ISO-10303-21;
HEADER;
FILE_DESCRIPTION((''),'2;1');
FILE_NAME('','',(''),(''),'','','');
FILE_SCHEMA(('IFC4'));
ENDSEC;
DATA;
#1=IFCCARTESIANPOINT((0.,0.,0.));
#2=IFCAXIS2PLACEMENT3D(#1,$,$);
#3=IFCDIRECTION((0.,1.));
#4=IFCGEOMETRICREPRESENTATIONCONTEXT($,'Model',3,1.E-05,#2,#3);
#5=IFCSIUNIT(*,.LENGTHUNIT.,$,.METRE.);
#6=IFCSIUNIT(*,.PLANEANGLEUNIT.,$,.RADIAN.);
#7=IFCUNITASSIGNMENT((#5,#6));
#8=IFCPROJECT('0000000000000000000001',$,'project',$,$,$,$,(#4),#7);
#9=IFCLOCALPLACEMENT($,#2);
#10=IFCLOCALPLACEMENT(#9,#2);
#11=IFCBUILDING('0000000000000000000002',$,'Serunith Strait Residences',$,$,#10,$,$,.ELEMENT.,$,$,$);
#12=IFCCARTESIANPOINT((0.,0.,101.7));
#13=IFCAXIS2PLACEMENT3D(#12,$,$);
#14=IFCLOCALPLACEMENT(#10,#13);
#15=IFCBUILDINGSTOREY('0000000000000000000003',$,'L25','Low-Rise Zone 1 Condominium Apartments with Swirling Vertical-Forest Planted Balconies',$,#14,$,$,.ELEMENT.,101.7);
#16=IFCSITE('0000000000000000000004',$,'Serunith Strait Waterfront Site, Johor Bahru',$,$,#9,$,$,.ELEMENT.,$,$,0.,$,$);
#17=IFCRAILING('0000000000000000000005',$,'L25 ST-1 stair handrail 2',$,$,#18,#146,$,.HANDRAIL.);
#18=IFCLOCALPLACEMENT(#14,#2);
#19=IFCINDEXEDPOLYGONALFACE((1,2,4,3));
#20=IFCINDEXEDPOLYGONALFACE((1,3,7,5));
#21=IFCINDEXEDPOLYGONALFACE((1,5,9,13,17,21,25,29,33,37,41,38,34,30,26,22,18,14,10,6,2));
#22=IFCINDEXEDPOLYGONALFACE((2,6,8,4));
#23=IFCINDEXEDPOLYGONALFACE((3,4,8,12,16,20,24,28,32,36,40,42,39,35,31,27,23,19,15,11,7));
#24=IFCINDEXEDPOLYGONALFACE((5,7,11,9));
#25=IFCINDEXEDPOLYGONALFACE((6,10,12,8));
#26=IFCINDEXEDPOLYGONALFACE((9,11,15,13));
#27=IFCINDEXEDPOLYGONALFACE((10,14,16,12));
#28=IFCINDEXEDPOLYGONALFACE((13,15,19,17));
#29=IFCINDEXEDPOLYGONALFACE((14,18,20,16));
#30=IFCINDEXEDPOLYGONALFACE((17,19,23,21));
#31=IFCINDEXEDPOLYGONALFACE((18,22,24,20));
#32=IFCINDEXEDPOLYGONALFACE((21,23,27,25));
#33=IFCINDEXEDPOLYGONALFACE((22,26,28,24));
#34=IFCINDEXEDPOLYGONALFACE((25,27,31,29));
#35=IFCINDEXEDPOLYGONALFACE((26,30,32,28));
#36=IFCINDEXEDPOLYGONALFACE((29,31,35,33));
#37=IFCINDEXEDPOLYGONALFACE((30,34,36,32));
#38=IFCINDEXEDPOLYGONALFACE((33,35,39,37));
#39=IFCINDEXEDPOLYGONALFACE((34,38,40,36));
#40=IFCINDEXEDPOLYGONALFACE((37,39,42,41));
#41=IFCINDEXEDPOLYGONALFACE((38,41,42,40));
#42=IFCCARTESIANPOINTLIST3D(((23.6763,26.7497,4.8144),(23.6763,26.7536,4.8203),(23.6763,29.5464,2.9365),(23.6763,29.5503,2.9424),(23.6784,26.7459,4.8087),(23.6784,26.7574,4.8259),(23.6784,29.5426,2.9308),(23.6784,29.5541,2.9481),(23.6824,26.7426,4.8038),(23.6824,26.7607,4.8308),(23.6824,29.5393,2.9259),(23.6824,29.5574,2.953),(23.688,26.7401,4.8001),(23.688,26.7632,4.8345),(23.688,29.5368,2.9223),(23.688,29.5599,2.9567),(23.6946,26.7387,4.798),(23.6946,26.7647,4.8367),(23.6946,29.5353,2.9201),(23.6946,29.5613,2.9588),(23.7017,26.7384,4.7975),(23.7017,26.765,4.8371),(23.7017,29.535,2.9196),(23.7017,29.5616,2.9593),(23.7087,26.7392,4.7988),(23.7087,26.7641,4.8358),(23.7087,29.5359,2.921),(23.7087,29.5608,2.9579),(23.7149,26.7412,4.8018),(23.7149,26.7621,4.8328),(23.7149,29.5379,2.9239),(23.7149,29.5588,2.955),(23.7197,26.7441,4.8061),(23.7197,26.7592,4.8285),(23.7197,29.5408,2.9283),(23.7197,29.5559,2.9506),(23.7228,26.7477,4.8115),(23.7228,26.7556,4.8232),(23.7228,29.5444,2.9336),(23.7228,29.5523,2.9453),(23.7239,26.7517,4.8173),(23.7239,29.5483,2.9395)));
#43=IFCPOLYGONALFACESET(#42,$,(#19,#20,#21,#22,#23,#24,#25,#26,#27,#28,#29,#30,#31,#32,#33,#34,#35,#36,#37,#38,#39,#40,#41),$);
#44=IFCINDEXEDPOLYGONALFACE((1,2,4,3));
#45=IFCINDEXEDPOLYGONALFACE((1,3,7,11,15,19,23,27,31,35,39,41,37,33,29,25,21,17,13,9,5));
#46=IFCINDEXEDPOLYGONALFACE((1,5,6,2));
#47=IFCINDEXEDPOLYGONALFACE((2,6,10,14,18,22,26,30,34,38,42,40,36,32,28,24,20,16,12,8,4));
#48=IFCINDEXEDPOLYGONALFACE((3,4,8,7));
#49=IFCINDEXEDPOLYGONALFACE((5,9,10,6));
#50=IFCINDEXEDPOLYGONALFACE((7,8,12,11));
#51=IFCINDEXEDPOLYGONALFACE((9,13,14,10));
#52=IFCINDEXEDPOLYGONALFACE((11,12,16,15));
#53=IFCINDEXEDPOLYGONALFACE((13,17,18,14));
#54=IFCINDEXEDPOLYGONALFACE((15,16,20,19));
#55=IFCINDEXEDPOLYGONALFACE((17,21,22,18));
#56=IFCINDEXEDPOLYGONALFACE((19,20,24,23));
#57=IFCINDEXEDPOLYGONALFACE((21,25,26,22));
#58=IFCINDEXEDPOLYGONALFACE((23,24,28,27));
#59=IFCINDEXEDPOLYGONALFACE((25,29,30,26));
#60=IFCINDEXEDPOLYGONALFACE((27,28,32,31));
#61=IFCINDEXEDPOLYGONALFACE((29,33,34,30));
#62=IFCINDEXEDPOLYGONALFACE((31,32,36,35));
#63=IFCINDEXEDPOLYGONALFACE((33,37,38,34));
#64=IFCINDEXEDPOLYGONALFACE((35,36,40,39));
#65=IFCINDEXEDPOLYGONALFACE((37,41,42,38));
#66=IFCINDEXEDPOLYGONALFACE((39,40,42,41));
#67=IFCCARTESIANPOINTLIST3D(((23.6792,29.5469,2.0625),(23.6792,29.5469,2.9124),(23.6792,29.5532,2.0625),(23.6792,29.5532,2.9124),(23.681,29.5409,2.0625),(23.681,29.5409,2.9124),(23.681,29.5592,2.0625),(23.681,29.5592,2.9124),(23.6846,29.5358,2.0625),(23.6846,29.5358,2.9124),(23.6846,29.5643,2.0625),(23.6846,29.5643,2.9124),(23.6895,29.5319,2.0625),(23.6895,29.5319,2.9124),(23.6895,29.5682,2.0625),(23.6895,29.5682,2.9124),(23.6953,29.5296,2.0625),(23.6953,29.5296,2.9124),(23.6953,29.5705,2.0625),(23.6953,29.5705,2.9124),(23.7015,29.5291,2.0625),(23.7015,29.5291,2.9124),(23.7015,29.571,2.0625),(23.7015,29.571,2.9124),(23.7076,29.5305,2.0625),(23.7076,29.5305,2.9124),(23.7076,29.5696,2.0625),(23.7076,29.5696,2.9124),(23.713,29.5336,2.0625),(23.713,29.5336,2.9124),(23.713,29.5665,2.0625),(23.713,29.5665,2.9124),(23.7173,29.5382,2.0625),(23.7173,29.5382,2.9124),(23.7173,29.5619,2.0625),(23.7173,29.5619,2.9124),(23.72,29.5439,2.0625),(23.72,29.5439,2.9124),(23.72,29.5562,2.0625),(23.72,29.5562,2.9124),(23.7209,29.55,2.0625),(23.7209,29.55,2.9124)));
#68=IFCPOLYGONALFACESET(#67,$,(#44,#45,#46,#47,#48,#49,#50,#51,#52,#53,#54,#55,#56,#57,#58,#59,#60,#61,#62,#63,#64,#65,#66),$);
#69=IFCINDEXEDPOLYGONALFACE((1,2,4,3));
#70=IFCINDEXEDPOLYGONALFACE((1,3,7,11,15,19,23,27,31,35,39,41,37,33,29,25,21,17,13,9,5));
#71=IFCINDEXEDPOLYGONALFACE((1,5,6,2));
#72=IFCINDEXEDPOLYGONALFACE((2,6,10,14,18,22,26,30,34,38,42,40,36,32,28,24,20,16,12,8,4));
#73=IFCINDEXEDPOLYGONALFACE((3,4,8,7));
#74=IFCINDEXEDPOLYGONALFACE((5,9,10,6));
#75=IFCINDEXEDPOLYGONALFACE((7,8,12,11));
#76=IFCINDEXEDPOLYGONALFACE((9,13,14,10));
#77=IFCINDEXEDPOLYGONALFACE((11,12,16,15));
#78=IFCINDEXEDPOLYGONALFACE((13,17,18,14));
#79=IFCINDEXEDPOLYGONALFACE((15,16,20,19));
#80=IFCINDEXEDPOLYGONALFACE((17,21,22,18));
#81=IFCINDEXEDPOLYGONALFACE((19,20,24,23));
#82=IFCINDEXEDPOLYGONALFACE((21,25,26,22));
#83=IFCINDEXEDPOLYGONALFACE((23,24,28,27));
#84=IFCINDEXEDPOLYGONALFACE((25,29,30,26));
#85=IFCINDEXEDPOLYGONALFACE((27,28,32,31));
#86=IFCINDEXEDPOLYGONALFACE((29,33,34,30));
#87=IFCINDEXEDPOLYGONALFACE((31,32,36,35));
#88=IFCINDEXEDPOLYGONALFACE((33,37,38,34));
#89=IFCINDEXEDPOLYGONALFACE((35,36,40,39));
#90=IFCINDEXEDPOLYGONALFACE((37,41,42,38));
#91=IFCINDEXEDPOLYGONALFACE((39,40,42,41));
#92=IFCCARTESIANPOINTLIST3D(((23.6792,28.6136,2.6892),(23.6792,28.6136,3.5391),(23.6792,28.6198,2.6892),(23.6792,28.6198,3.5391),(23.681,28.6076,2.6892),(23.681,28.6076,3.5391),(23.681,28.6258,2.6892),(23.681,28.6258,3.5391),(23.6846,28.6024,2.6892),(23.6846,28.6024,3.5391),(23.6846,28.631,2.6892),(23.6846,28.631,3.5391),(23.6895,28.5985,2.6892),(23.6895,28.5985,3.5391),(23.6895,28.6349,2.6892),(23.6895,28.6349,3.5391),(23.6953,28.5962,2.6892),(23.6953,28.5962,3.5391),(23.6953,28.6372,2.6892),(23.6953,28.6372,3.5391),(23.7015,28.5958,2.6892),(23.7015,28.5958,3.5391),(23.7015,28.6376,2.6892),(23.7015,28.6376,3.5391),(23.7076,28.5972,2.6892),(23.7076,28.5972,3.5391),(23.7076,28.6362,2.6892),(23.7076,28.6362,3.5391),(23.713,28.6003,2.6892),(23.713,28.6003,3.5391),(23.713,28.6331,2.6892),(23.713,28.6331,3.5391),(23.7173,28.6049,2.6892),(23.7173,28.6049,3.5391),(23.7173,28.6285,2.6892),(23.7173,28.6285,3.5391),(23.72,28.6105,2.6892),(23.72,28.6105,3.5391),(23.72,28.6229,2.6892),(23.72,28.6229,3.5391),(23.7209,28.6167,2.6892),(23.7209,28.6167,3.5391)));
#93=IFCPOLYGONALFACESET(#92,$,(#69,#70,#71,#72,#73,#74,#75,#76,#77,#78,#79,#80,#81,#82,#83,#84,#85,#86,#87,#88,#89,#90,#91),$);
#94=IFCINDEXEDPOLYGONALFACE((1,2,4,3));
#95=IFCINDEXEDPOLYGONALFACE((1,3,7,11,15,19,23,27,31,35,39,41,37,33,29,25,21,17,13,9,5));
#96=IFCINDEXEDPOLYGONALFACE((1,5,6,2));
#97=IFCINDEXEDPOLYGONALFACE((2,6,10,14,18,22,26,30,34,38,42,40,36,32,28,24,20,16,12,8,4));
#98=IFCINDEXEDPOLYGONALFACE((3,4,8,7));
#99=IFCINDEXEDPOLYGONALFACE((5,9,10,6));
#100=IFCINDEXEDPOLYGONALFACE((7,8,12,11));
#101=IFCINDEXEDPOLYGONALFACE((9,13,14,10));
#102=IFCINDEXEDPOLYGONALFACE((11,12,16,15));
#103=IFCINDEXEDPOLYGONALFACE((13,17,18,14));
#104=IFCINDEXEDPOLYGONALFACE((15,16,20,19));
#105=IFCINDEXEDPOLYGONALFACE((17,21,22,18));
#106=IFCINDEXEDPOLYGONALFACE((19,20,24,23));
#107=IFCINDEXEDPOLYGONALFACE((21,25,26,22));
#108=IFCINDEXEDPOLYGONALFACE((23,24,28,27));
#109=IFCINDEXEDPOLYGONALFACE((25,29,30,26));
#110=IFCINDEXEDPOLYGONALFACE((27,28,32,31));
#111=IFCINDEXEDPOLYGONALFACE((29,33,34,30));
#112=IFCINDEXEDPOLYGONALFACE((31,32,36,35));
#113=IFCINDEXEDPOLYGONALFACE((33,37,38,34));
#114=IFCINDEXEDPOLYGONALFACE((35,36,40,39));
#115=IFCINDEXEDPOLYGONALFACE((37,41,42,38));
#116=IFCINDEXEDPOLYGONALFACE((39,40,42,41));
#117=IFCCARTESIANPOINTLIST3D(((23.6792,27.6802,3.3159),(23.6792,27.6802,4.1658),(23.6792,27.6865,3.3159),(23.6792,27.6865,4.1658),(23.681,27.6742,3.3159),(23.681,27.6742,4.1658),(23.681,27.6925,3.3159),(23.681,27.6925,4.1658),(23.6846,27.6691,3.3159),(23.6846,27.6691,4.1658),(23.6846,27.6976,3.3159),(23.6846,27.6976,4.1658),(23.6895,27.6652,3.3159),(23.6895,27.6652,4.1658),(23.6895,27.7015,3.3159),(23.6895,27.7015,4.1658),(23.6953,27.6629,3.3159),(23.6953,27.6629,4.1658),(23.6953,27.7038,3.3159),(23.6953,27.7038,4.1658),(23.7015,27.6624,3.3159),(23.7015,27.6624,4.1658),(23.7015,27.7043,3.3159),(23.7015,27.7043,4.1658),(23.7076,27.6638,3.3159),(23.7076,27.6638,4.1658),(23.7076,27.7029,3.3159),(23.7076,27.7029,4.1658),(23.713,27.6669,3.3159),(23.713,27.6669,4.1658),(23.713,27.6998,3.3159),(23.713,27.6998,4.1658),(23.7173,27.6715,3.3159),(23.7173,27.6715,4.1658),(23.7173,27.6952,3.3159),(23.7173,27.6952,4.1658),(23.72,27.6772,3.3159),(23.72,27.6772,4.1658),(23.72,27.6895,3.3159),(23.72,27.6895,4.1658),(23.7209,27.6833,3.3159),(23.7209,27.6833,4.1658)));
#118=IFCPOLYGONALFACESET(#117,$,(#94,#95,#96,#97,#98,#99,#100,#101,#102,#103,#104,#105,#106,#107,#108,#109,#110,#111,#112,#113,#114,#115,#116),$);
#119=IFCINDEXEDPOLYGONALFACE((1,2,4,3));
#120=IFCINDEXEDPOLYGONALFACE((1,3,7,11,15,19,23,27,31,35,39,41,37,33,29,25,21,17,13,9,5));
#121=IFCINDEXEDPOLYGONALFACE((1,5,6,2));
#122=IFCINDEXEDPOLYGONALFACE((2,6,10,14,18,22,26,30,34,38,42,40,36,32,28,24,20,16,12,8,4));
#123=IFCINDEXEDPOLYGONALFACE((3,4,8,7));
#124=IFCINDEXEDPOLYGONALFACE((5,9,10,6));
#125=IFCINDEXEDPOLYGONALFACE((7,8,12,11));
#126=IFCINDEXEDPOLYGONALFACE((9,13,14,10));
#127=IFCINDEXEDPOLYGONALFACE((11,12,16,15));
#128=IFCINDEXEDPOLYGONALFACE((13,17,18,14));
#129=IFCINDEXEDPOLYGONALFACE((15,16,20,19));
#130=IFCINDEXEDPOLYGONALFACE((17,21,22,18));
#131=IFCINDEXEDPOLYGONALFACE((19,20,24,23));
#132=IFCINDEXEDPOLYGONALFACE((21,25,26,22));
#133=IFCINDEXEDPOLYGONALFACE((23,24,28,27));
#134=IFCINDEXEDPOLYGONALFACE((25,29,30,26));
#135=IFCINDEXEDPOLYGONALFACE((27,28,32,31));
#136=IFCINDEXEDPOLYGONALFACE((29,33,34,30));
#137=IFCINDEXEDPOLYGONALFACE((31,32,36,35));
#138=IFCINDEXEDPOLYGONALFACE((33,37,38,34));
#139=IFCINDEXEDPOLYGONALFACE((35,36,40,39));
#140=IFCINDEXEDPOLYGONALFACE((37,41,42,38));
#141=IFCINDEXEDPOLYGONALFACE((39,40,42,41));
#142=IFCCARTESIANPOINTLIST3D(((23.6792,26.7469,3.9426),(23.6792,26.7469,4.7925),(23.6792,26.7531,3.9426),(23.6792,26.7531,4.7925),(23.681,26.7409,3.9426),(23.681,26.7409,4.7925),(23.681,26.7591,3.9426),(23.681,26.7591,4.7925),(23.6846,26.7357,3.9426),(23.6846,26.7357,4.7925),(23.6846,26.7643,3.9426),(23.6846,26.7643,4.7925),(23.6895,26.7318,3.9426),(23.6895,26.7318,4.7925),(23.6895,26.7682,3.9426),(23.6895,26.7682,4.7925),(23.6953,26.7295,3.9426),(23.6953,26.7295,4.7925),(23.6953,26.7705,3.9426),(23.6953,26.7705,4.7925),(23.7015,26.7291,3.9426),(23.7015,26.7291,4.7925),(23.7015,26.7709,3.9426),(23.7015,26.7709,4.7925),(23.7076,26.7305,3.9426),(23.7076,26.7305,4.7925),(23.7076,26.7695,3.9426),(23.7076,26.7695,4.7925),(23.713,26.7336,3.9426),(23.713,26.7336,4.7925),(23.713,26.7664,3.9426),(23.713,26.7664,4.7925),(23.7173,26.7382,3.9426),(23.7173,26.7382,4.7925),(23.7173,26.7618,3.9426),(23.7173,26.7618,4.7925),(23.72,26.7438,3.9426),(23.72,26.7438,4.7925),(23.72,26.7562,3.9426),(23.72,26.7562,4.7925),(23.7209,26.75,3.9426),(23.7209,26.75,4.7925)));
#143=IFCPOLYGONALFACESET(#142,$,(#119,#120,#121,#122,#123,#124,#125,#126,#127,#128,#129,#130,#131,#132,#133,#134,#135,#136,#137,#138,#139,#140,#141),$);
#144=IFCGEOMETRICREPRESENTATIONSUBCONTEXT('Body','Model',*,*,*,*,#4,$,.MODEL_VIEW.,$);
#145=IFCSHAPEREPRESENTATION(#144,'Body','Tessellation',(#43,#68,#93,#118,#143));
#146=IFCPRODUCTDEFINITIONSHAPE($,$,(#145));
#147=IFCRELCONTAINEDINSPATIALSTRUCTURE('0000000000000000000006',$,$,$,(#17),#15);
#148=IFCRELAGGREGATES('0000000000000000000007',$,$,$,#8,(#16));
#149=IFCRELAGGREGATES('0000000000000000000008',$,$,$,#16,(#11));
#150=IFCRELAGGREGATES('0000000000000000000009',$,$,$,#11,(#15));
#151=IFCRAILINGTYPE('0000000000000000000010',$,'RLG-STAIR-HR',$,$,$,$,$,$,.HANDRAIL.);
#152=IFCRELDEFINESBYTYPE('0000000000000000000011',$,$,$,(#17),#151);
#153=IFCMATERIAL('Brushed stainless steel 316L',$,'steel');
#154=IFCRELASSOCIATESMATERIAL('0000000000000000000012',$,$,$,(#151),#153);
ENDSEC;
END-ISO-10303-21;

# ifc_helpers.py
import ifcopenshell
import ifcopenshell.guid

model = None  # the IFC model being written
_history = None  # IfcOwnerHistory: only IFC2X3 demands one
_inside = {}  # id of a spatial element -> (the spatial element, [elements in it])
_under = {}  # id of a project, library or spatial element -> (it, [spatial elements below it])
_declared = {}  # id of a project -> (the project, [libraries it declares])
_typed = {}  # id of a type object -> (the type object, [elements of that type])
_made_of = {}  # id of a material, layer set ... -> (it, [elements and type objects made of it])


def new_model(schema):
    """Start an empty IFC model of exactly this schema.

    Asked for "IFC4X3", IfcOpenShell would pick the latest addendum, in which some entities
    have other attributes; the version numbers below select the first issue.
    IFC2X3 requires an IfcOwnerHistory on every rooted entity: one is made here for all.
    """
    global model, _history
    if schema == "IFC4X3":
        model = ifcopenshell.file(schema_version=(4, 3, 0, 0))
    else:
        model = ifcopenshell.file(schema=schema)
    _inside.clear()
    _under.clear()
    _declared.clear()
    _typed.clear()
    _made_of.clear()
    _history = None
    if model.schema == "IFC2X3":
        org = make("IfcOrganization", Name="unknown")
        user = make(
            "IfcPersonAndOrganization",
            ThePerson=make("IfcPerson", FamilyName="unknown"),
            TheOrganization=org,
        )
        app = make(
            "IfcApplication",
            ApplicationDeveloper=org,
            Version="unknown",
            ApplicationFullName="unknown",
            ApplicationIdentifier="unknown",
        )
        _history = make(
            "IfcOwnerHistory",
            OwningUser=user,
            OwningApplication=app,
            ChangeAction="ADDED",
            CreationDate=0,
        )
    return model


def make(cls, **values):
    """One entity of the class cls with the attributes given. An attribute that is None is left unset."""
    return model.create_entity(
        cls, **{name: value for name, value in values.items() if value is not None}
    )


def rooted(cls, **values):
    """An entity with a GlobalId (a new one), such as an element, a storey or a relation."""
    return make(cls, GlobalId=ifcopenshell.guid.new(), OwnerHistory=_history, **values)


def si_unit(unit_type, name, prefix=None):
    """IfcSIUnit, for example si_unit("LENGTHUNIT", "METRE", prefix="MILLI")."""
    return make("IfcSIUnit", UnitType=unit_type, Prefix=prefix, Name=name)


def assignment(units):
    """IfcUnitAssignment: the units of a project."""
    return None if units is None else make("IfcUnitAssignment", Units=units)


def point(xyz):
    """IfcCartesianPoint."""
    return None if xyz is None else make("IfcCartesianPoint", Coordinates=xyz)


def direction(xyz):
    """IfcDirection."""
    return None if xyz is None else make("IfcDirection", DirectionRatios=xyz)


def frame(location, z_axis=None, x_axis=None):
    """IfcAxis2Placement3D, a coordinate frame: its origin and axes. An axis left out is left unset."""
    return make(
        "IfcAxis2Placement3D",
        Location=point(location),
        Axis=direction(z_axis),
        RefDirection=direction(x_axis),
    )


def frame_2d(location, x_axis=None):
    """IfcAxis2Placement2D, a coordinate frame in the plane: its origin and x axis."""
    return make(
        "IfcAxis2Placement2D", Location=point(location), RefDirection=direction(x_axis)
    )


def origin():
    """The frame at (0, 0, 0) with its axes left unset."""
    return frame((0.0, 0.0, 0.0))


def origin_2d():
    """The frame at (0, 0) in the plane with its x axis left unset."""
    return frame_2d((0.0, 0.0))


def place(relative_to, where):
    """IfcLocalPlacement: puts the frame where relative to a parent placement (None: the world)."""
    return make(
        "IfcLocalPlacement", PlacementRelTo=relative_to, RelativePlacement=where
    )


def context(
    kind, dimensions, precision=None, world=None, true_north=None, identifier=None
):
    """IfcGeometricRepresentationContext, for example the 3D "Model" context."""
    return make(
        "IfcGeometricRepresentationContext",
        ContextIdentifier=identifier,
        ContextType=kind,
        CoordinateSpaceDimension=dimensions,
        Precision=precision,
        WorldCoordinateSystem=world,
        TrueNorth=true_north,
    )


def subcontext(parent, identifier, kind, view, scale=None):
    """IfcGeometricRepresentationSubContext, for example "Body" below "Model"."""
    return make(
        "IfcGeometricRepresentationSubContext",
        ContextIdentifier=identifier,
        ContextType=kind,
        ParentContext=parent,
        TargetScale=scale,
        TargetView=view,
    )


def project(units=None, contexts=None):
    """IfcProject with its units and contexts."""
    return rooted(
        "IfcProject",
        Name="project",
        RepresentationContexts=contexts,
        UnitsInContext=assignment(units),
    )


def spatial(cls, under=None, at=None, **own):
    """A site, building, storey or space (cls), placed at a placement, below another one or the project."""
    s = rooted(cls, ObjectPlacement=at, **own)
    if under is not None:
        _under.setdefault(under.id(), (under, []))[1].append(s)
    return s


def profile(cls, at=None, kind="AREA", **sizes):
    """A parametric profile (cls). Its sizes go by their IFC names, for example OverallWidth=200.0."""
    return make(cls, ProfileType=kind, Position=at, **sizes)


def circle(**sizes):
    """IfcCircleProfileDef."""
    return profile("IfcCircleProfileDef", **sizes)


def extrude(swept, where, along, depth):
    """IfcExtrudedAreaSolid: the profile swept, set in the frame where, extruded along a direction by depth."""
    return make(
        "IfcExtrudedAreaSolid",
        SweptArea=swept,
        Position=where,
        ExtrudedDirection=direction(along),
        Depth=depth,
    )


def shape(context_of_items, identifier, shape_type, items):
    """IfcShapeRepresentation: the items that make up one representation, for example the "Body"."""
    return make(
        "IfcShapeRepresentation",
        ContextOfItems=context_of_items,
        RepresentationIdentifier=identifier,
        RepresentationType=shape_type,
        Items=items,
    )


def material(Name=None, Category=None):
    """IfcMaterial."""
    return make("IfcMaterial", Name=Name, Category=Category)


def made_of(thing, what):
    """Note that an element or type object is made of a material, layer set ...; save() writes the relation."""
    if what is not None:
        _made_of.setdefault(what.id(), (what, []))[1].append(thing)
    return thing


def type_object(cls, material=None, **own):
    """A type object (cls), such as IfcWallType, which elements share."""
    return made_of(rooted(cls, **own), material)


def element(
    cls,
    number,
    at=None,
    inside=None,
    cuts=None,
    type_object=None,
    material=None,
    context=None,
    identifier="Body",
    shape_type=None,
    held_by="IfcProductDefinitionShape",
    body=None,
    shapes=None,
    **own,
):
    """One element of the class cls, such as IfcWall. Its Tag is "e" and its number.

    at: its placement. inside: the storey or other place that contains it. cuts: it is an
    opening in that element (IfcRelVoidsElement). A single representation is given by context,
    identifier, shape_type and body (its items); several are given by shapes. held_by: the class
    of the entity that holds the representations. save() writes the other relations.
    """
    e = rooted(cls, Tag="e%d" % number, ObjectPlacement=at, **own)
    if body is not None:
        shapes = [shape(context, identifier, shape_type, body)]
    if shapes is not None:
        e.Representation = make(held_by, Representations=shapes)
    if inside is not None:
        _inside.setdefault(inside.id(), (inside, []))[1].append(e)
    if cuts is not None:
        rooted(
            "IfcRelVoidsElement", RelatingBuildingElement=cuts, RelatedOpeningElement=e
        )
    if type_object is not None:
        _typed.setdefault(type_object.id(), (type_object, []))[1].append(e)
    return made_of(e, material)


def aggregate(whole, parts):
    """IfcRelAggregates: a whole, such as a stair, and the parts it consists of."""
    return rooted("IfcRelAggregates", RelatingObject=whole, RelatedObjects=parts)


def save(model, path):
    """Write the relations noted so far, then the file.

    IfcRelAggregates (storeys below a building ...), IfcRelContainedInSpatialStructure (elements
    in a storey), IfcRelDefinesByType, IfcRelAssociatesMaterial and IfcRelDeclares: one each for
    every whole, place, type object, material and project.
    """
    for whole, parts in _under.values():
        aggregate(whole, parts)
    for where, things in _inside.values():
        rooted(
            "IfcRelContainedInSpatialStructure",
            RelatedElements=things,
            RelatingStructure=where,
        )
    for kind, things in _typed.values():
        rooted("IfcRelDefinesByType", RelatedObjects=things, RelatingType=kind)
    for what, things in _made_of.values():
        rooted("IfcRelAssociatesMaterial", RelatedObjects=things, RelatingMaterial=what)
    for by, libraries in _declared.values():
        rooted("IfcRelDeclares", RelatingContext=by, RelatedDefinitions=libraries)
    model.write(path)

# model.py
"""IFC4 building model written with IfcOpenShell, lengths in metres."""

from ifc_helpers import new_model, si_unit, direction, frame, origin, origin_2d, place, context, subcontext, project, spatial, circle, extrude, material, type_object, element, save


model = new_model("IFC4")

# Units and contexts
model_context = context("Model", 3, precision=1e-05, world=origin(), true_north=direction((0.0, 1.0)))
body_context = subcontext(model_context, "Body", "Model", "MODEL_VIEW")
ifc_project = project(units=[si_unit("LENGTHUNIT", "METRE"), si_unit("PLANEANGLEUNIT", "RADIAN")], contexts=[model_context])

# Site, building, storey
site_placement = place(None, origin())
site = spatial("IfcSite", under=ifc_project, at=site_placement, Name="Serunith Strait Waterfront Site, Johor Bahru", CompositionType="ELEMENT", RefElevation=0.0)
building_placement = place(site_placement, origin())
building = spatial("IfcBuilding", under=site, at=building_placement, Name="Serunith Strait Residences", CompositionType="ELEMENT")
storey_placement = place(building_placement, frame((0.0, 0.0, 101.7)))
storey = spatial("IfcBuildingStorey", under=building, at=storey_placement, Name="L25", Description="Low-Rise Zone 1 Condominium Apartments with Swirling Vertical-Forest Planted Balconies", CompositionType="ELEMENT", Elevation=101.7)

# Railing
ifc_material_1 = material(Name="Brushed stainless steel 316L", Category="steel")
railing_type_1 = type_object("IfcRailingType", Name="RLG-STAIR-HR", PredefinedType="HANDRAIL", material=ifc_material_1)
railing_1_placement = place(storey_placement, frame((23.7, 29.55, 2.0625)))
element("IfcRailing", 1, at=railing_1_placement, inside=storey, type_object=railing_type_1, Name="L25 ST-1 stair handrail 2", PredefinedType="HANDRAIL", context=body_context, shape_type="SweptSolid", body=[
    extrude(circle(Radius=0.0239, at=origin_2d()), frame((0.0, -0.0017, 0.877), z_axis=(0.0, -0.830208, 0.557453), x_axis=(1.0, 0.0, 0.0)), (0.0, 0.0, 1.0), 3.3687),
    extrude(circle(Radius=0.021, at=origin_2d()), origin(), (0.0, 0.0, 1.0), 0.8499),
    extrude(circle(Radius=0.021, at=origin_2d()), frame((0.0, -0.9333, 0.6267)), (0.0, 0.0, 1.0), 0.8499),
    extrude(circle(Radius=0.021, at=origin_2d()), frame((0.0, -1.8667, 1.2534)), (0.0, 0.0, 1.0), 0.8499),
    extrude(circle(Radius=0.021, at=origin_2d()), frame((0.0, -2.8, 1.8801)), (0.0, 0.0, 1.0), 0.8499),
])

save(model, "model.ifc")
